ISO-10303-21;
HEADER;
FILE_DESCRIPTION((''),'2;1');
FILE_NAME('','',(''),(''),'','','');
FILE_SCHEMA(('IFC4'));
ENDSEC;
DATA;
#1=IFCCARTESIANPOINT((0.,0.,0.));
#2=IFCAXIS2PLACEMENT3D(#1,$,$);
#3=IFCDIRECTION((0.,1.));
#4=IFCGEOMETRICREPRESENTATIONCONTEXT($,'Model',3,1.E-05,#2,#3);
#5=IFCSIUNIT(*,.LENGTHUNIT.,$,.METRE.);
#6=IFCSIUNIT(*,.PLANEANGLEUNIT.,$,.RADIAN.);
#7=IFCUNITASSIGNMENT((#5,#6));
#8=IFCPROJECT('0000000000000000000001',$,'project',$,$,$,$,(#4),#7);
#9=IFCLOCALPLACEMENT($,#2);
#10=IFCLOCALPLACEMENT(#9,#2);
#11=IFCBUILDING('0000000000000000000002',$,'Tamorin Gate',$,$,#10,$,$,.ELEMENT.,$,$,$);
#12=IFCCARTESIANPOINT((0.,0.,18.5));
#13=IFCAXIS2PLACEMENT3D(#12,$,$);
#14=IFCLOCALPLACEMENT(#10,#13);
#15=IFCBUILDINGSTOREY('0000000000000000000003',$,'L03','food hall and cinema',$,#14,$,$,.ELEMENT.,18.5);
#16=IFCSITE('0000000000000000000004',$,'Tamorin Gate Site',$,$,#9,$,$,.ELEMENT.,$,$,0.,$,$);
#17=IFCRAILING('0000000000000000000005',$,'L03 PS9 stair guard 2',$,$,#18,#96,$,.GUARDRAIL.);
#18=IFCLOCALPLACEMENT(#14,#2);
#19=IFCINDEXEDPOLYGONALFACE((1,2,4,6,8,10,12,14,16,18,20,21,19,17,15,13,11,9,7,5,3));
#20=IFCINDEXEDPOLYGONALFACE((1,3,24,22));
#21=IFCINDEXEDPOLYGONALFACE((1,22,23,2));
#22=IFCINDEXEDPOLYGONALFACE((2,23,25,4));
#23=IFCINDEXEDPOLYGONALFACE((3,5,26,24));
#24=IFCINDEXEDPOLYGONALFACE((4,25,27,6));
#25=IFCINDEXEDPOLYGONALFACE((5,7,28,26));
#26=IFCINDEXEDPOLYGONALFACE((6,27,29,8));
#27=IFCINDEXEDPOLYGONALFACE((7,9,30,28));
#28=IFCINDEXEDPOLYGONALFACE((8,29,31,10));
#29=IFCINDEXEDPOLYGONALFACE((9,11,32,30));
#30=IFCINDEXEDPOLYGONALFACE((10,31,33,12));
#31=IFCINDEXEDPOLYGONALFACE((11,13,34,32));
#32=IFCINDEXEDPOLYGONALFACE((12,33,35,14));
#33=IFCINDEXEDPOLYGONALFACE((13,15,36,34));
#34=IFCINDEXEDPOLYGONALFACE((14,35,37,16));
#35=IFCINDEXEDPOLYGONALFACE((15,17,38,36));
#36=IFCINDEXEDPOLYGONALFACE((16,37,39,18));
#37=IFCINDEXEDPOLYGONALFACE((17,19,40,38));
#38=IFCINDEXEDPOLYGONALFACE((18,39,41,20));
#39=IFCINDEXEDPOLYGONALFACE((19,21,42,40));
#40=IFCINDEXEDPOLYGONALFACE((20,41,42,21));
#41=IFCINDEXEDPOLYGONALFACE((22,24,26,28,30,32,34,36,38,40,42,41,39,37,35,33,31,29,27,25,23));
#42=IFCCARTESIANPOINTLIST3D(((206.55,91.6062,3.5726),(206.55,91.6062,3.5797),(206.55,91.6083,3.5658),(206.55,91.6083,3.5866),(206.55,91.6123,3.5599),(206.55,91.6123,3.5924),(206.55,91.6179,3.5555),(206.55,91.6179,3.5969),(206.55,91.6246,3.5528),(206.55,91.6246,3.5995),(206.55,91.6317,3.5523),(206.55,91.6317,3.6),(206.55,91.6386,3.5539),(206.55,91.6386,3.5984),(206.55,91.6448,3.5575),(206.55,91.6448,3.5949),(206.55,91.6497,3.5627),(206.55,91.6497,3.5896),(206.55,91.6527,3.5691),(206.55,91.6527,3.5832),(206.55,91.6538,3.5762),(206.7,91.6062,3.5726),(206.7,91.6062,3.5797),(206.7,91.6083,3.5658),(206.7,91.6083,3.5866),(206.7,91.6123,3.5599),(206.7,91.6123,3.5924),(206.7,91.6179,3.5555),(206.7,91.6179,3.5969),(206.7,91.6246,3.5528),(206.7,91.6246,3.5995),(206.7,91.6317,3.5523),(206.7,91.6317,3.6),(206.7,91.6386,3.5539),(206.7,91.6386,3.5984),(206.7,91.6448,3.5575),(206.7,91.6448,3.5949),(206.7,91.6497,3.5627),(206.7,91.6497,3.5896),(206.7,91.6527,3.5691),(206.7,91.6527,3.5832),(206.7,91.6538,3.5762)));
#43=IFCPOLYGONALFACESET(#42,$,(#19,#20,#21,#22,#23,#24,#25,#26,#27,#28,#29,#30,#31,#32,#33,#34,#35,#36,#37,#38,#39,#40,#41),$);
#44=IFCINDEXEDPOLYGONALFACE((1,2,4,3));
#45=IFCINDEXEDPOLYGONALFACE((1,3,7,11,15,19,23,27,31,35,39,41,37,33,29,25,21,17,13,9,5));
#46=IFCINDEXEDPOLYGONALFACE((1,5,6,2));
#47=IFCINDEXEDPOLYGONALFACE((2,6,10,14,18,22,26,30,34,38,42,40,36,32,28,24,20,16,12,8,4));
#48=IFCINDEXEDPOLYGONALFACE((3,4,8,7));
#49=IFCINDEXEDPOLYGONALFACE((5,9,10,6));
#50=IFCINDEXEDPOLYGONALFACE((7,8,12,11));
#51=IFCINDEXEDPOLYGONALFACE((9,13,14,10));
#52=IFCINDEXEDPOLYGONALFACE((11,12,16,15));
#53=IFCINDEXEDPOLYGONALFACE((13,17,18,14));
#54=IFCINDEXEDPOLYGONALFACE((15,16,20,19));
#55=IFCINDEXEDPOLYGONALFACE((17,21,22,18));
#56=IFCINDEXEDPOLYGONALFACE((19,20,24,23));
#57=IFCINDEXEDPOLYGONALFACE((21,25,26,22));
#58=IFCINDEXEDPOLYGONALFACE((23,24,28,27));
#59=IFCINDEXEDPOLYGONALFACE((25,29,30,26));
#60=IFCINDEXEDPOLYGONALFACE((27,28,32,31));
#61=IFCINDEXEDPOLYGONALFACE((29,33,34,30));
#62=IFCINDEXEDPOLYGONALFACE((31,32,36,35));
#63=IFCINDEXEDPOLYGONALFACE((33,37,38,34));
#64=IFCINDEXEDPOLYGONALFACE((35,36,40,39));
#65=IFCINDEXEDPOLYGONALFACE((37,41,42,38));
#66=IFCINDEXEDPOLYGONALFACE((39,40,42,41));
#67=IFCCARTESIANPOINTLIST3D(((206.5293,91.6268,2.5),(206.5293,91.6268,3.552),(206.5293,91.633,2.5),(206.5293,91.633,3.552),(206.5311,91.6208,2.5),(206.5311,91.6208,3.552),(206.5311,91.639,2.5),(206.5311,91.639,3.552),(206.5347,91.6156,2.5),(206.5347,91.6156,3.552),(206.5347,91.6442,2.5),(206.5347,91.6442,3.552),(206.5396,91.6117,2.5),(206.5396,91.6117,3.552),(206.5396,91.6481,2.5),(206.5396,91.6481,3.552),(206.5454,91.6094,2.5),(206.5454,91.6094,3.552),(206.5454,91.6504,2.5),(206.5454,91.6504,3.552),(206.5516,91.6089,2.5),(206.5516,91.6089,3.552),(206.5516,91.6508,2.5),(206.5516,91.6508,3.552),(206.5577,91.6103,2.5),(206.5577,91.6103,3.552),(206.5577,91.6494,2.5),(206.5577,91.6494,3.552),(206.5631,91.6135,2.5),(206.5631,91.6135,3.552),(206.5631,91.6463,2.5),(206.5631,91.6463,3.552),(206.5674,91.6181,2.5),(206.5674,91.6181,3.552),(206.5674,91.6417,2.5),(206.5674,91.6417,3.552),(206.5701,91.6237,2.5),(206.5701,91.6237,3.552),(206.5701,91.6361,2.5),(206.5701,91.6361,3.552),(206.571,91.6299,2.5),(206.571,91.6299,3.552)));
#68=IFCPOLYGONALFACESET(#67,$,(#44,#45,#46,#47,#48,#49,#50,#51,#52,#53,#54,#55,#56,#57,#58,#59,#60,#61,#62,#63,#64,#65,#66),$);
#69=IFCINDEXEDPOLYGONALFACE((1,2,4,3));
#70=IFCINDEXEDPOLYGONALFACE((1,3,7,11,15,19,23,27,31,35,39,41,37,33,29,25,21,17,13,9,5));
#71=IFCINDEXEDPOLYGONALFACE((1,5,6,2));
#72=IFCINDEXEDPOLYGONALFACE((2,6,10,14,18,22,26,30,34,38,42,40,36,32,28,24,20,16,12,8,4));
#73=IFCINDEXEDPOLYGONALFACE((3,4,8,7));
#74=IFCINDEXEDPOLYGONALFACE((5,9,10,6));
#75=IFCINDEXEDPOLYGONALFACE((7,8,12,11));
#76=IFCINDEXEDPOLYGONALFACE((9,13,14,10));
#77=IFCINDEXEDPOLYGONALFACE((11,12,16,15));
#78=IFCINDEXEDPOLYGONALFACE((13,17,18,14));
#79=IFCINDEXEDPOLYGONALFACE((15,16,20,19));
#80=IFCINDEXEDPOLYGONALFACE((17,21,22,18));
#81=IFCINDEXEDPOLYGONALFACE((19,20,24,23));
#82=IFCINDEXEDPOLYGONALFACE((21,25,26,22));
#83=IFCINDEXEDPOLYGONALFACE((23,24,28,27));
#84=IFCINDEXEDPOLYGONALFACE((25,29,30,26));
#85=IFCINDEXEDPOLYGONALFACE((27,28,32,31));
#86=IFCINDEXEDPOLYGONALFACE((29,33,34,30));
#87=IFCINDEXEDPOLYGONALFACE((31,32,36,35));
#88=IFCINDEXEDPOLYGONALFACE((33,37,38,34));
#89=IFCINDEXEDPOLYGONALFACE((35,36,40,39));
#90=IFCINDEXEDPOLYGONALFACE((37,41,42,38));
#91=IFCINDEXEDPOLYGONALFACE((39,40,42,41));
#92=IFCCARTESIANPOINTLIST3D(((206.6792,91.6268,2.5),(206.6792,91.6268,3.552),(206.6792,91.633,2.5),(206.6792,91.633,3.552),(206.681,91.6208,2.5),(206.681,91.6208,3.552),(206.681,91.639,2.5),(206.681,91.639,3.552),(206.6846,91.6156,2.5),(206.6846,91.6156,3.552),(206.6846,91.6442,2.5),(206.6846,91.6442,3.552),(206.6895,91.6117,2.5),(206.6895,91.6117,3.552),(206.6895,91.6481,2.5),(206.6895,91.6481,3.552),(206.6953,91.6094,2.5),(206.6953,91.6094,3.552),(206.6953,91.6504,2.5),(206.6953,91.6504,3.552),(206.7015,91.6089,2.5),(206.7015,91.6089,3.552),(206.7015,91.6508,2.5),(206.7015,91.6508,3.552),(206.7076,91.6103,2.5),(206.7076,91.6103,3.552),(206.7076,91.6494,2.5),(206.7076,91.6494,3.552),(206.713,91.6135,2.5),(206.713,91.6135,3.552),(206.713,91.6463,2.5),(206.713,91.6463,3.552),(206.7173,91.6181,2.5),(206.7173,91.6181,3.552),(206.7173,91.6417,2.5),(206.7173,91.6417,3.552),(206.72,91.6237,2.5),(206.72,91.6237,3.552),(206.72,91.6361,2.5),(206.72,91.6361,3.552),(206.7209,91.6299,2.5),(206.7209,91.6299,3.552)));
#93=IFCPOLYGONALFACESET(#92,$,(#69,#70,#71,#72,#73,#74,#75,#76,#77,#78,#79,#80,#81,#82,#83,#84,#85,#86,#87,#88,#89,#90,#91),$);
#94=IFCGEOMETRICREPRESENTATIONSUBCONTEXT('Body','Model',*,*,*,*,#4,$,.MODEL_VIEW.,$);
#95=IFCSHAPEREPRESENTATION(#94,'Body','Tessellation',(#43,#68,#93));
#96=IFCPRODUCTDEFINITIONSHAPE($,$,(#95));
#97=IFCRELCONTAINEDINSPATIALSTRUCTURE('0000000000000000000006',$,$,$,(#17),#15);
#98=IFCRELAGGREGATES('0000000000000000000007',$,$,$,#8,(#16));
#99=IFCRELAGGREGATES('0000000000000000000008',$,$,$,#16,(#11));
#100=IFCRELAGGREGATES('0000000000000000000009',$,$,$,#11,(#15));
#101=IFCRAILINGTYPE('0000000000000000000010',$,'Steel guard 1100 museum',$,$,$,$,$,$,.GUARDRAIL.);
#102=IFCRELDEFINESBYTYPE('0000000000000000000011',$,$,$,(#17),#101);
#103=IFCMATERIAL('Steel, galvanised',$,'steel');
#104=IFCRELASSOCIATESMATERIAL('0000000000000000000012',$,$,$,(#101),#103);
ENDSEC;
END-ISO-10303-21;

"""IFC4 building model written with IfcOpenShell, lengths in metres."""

from ifc_helpers import new_model, si_unit, direction, frame, origin, origin_2d, place, context, subcontext, project, spatial, circle, extrude, material, type_object, element, save


model = new_model("IFC4")

# Units and contexts
model_context = context("Model", 3, precision=1e-05, world=origin(), true_north=direction((0.0, 1.0)))
body_context = subcontext(model_context, "Body", "Model", "MODEL_VIEW")
ifc_project = project(units=[si_unit("LENGTHUNIT", "METRE"), si_unit("PLANEANGLEUNIT", "RADIAN")], contexts=[model_context])

# Site, building, storey
site_placement = place(None, origin())
site = spatial("IfcSite", under=ifc_project, at=site_placement, Name="Tamorin Gate Site", CompositionType="ELEMENT", RefElevation=0.0)
building_placement = place(site_placement, origin())
building = spatial("IfcBuilding", under=site, at=building_placement, Name="Tamorin Gate", CompositionType="ELEMENT")
storey_placement = place(building_placement, frame((0.0, 0.0, 18.5)))
storey = spatial("IfcBuildingStorey", under=building, at=storey_placement, Name="L03", Description="food hall and cinema", CompositionType="ELEMENT", Elevation=18.5)

# Railing
ifc_material_1 = material(Name="Steel, galvanised", Category="steel")
railing_type_1 = type_object("IfcRailingType", Name="Steel guard 1100 museum", PredefinedType="GUARDRAIL", material=ifc_material_1)
railing_1_placement = place(storey_placement, frame((206.55, 91.6299, 2.5)))
element("IfcRailing", 1, at=railing_1_placement, inside=storey, type_object=railing_type_1, Name="L03 PS9 stair guard 2", PredefinedType="GUARDRAIL", context=body_context, shape_type="SweptSolid", body=[
    extrude(circle(Radius=0.0239, at=origin_2d()), frame((0.0, 0.0, 1.0762), z_axis=(1.0, 0.0, 0.0), x_axis=(0.0, 1.0, 0.0)), (0.0, 0.0, 1.0), 0.1499),
    extrude(circle(Radius=0.021, at=origin_2d()), origin(), (0.0, 0.0, 1.0), 1.052),
    extrude(circle(Radius=0.021, at=origin_2d()), frame((0.1499, 0.0, 0.0)), (0.0, 0.0, 1.0), 1.052),
])

save(model, "model.ifc")
